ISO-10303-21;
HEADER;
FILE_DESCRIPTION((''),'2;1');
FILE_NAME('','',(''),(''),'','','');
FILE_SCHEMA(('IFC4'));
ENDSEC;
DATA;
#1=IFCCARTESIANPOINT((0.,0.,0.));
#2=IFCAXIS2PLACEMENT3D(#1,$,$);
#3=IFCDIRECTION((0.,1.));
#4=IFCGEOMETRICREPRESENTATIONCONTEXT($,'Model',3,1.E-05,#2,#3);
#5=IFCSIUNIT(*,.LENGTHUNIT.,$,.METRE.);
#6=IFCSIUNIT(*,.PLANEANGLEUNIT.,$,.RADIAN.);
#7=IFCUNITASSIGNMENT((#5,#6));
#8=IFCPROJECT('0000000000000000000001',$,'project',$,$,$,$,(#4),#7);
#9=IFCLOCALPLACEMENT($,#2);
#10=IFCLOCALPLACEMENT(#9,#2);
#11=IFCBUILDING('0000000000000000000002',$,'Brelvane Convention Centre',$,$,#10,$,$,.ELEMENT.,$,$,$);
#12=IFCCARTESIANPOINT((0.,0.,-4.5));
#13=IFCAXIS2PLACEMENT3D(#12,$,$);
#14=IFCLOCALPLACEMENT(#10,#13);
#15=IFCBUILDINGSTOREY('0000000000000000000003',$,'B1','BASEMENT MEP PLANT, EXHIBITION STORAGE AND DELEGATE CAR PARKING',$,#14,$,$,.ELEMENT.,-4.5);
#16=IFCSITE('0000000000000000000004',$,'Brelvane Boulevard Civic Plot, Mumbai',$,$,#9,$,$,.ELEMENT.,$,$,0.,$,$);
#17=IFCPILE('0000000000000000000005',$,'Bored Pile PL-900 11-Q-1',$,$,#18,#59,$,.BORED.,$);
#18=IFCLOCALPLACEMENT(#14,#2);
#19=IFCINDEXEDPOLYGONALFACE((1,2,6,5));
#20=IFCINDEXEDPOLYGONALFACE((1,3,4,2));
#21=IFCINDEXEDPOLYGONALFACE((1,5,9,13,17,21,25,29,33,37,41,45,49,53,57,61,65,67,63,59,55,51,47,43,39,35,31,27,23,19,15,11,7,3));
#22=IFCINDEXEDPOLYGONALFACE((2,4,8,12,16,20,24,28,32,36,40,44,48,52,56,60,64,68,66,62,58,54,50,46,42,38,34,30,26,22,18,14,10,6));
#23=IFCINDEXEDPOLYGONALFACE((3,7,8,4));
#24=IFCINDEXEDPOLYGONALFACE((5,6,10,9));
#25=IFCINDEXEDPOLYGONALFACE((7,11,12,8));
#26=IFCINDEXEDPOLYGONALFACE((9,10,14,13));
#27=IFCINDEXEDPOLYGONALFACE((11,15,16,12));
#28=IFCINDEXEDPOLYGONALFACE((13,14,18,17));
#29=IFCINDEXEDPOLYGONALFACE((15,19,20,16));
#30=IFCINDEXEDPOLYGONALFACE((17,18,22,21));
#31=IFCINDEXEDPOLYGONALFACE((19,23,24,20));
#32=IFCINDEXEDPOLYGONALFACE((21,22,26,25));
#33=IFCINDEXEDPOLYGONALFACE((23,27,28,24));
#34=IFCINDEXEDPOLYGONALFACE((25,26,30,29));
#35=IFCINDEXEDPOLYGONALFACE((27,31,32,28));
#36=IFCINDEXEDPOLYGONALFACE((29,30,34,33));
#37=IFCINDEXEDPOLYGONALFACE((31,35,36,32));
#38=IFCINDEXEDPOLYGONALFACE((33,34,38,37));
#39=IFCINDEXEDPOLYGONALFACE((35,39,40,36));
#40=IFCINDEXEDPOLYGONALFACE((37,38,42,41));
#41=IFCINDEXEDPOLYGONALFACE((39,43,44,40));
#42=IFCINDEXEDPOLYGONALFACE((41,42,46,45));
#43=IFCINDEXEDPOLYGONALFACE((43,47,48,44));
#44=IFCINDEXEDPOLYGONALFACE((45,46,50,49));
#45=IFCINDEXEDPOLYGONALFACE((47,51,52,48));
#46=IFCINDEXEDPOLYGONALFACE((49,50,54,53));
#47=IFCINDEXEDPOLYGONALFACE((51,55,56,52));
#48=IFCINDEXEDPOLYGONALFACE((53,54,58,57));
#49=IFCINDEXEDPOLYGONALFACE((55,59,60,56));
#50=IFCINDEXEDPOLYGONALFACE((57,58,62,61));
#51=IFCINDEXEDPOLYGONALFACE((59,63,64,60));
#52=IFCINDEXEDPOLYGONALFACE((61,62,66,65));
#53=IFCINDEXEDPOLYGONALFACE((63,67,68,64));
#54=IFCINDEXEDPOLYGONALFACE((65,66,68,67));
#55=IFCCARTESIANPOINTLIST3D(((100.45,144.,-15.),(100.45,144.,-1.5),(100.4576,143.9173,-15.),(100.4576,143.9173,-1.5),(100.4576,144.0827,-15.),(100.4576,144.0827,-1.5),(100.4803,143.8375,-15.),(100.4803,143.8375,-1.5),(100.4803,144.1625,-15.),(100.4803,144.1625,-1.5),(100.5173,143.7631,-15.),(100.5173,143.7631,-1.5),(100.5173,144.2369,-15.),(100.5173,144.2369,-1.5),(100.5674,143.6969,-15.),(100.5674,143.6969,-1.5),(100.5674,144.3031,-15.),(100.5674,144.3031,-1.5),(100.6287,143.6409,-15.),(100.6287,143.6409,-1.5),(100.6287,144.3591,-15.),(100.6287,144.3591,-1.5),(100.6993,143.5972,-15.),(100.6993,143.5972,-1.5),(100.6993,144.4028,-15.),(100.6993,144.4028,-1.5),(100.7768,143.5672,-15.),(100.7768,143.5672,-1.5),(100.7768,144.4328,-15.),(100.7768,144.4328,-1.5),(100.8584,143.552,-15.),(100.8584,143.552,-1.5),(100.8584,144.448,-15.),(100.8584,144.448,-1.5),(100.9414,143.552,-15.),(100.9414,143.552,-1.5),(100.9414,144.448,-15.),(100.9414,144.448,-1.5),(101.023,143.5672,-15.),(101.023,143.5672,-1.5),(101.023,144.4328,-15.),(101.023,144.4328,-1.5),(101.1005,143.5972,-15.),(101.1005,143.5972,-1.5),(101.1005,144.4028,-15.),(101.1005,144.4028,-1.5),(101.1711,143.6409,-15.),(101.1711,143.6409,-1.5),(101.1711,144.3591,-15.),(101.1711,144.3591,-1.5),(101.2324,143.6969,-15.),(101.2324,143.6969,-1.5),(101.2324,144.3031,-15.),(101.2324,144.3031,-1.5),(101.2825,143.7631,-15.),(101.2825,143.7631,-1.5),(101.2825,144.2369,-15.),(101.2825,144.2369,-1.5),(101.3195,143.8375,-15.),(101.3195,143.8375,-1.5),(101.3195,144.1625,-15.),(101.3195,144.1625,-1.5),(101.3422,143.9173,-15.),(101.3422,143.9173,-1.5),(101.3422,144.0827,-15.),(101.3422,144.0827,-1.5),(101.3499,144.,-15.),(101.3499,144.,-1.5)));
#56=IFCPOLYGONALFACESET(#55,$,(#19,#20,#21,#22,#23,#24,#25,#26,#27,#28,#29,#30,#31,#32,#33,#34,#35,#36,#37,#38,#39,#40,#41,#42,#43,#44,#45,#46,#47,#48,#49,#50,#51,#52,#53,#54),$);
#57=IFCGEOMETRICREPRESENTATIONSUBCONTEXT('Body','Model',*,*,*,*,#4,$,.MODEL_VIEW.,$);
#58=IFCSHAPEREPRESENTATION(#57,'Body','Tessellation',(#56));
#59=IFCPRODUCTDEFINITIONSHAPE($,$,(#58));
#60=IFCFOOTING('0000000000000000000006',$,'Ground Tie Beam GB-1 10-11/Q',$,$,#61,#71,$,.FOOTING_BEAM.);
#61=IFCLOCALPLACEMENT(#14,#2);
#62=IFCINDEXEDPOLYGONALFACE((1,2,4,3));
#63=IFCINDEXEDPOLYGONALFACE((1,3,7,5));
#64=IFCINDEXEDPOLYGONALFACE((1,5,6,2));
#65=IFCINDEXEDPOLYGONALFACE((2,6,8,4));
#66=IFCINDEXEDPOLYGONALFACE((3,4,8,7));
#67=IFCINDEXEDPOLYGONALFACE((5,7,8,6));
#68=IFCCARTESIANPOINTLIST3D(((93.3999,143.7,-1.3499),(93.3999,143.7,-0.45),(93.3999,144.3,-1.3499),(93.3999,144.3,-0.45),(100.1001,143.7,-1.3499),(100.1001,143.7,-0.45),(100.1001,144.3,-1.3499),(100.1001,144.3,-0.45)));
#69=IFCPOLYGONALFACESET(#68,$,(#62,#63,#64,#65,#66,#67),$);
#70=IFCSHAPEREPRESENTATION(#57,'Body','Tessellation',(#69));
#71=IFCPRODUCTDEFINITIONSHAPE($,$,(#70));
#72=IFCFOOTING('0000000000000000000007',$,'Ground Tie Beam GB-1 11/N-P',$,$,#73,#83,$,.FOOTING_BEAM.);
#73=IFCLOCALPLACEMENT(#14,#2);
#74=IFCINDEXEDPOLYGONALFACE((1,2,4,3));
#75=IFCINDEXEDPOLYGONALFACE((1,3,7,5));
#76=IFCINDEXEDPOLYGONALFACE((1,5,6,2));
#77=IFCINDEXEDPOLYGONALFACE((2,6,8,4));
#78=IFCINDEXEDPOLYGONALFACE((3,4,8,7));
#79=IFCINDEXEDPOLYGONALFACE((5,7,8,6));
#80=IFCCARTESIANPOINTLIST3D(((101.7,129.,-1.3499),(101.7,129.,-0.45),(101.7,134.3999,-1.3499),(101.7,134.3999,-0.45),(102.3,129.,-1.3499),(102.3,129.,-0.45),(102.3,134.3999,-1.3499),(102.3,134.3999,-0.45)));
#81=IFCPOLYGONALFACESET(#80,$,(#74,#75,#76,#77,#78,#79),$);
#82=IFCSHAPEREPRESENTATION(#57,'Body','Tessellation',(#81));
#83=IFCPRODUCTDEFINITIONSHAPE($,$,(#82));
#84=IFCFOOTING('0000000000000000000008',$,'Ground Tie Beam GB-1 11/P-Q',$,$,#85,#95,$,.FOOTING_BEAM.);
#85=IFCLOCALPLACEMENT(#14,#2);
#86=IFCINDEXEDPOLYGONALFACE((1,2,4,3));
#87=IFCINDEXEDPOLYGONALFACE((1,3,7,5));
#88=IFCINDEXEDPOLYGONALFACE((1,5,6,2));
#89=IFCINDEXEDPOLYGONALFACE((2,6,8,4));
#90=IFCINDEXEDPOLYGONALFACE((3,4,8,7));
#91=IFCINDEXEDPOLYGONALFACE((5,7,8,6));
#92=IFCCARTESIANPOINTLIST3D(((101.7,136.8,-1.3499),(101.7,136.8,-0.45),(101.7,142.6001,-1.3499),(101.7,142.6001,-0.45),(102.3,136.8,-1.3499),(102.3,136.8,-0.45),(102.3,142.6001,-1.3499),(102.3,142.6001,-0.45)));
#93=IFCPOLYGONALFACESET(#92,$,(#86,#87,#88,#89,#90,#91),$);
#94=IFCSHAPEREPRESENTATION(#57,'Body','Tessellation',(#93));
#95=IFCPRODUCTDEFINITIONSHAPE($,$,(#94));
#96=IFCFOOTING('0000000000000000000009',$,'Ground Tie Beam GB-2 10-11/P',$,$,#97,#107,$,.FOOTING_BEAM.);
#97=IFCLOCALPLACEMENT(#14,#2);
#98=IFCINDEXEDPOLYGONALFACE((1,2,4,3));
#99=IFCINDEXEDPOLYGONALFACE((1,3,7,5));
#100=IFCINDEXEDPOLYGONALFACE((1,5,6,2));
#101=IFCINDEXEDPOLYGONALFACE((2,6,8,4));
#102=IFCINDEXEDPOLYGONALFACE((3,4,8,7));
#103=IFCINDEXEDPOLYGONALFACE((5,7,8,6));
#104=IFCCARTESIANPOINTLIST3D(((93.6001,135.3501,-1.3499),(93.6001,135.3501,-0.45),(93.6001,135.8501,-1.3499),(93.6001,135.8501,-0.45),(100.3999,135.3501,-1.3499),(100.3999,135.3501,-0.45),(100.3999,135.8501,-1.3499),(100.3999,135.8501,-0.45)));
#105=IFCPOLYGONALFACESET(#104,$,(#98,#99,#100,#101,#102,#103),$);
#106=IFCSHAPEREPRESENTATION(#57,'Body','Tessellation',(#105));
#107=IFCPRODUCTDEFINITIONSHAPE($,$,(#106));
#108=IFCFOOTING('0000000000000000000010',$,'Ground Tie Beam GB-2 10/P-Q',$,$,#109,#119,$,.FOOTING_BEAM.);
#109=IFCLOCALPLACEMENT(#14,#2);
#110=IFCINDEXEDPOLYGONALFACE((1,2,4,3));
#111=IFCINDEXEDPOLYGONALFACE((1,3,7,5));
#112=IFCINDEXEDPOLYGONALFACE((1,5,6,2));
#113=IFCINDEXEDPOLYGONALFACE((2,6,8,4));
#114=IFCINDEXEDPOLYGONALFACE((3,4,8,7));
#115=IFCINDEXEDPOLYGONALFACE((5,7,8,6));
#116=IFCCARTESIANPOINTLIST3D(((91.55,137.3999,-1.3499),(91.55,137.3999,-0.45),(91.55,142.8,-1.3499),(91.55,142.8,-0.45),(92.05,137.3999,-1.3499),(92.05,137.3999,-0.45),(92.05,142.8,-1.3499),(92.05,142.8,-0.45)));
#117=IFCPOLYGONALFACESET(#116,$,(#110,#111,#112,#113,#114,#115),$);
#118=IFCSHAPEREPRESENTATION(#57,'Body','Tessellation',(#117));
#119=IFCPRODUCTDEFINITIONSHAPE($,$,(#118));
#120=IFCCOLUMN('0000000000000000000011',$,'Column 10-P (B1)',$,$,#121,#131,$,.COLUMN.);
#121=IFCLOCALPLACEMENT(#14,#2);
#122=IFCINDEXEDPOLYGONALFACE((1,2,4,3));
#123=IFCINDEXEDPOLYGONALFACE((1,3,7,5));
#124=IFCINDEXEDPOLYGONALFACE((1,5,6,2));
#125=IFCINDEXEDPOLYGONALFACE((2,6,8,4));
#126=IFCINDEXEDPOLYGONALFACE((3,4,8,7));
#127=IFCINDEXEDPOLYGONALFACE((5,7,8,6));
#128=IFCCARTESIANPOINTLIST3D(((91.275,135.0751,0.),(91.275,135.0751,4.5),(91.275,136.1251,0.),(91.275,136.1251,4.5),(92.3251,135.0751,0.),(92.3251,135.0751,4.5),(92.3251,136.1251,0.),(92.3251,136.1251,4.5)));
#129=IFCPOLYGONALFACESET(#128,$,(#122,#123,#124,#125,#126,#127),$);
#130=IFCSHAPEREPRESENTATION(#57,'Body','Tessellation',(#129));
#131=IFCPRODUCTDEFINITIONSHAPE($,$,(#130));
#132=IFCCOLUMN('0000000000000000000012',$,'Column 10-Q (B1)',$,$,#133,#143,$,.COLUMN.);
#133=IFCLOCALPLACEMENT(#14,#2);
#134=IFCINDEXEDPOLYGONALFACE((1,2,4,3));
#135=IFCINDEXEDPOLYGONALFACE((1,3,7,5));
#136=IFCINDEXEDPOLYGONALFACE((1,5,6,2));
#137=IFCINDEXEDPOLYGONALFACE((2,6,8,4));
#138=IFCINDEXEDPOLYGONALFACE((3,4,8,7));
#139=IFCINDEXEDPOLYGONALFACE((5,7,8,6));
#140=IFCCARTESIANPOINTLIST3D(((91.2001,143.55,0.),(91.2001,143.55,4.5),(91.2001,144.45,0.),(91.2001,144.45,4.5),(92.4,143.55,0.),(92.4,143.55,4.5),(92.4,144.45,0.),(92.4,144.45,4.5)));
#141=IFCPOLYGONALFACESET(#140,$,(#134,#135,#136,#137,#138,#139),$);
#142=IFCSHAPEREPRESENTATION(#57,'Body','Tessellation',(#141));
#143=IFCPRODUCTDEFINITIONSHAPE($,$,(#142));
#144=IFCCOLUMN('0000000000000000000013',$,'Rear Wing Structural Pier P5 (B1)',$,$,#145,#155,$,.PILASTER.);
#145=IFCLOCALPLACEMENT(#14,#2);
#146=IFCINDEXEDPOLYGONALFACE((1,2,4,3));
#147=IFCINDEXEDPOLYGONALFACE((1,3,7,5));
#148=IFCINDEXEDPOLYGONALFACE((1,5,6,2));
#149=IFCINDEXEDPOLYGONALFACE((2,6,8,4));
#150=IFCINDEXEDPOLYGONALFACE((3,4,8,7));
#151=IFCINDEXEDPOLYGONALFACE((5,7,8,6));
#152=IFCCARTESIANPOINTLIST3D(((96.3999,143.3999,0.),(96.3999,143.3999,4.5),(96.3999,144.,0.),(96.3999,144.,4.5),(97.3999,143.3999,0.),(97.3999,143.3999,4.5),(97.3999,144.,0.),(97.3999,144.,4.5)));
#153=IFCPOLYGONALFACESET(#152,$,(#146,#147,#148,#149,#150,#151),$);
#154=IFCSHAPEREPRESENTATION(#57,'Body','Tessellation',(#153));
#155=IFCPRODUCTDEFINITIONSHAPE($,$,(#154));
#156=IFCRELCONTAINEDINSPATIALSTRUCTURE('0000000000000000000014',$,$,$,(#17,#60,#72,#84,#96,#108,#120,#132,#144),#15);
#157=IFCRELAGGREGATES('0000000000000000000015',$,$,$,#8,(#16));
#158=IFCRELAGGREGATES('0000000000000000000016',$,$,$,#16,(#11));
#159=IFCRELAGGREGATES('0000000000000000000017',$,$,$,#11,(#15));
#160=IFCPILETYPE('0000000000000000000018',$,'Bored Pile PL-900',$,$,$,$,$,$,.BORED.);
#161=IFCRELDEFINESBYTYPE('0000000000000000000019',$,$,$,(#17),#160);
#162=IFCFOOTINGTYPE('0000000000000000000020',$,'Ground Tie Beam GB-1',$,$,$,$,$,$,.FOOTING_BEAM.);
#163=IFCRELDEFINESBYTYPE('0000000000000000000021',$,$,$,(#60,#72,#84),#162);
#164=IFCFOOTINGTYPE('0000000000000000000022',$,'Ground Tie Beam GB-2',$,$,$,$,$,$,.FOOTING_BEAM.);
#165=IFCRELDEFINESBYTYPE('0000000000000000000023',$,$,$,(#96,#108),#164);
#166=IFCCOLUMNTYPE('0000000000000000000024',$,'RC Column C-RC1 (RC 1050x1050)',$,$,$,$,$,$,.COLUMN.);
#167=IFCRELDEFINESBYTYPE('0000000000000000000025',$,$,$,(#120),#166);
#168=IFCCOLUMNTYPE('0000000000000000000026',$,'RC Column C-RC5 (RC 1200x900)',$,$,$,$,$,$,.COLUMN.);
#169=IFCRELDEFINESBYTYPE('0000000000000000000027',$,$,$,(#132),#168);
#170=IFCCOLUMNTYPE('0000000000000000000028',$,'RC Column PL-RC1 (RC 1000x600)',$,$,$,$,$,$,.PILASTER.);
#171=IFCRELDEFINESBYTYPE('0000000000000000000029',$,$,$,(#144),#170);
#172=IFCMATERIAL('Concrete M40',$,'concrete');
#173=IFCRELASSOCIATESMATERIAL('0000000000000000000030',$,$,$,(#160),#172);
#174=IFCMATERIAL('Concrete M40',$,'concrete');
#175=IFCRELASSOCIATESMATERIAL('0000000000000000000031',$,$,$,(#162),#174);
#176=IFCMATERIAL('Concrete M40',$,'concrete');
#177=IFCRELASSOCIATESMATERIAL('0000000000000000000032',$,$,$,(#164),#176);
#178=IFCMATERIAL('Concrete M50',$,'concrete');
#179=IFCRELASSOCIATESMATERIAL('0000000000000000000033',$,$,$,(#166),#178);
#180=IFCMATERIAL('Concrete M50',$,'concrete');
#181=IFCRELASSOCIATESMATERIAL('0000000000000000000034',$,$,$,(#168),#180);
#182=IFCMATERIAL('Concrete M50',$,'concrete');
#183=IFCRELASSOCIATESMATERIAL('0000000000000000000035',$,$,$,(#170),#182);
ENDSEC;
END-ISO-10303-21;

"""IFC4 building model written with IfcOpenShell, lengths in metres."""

from ifc_helpers import new_model, si_unit, direction, frame, origin, origin_2d, place, context, subcontext, project, spatial, rectangle, circle, extrude, material, material_profile, profile_set, type_object, element, save


model = new_model("IFC4")

# Units and contexts
model_context = context("Model", 3, precision=1e-05, world=origin(), true_north=direction((0.0, 1.0)))
body_context = subcontext(model_context, "Body", "Model", "MODEL_VIEW")
ifc_project = project(units=[si_unit("LENGTHUNIT", "METRE"), si_unit("PLANEANGLEUNIT", "RADIAN")], contexts=[model_context])

# Site, building, storey
site_placement = place(None, origin())
site = spatial("IfcSite", under=ifc_project, at=site_placement, Name="Brelvane Boulevard Civic Plot, Mumbai", CompositionType="ELEMENT", RefElevation=0.0)
building_placement = place(site_placement, origin())
building = spatial("IfcBuilding", under=site, at=building_placement, Name="Brelvane Convention Centre", CompositionType="ELEMENT")
storey_placement = place(building_placement, frame((0.0, 0.0, -4.5)))
storey = spatial("IfcBuildingStorey", under=building, at=storey_placement, Name="B1", Description="BASEMENT MEP PLANT, EXHIBITION STORAGE AND DELEGATE CAR PARKING", CompositionType="ELEMENT", Elevation=-4.5)

# Pile
ifc_material_1 = material(Name="Concrete M40", Category="concrete")
ifc_material_profile_1 = material_profile(ifc_material_1, circle(Radius=0.45, at=origin_2d()), Name="PILE D900")
ifc_profile_set_1 = profile_set([ifc_material_profile_1], Name="Concrete M40")
pile_type = type_object("IfcPileType", Name="Bored Pile PL-900", PredefinedType="BORED", material=ifc_profile_set_1)
pile_placement = place(storey_placement, frame((100.8999, 144.0, -1.5), z_axis=(0.0, 0.0, -1.0), x_axis=(1.0, 0.0, 0.0)))
element("IfcPile", 1, at=pile_placement, inside=storey, type_object=pile_type, Name="Bored Pile PL-900 11-Q-1", PredefinedType="BORED", context=body_context, shape_type="SweptSolid", body=[
    extrude(circle(Radius=0.45, at=origin_2d()), origin(), (0.0, 0.0, 1.0), 13.5),
])

# Footings
ifc_material_2 = material(Name="Concrete M40", Category="concrete")
ifc_material_profile_2 = material_profile(ifc_material_2, rectangle(XDim=0.6001, YDim=0.8999, at=origin_2d()), Name="RC 600x900")
ifc_profile_set_2 = profile_set([ifc_material_profile_2], Name="Concrete M40")
footing_type_1 = type_object("IfcFootingType", Name="Ground Tie Beam GB-1", PredefinedType="FOOTING_BEAM", material=ifc_profile_set_2)
footing_1_placement = place(storey_placement, frame((93.3999, 144.0, -0.8999), z_axis=(1.0, 0.0, 0.0), x_axis=(0.0, 1.0, 0.0)))
element("IfcFooting", 2, at=footing_1_placement, inside=storey, type_object=footing_type_1, Name="Ground Tie Beam GB-1 10-11/Q", PredefinedType="FOOTING_BEAM", context=body_context, shape_type="SweptSolid", body=[
    extrude(rectangle(XDim=0.6001, YDim=0.8999, at=origin_2d()), origin(), (0.0, 0.0, 1.0), 6.7002),
])
footing_2_placement = place(storey_placement, frame((102.0, 129.0, -0.8999), z_axis=(0.0, 1.0, 0.0), x_axis=(-1.0, 0.0, 0.0)))
element("IfcFooting", 3, at=footing_2_placement, inside=storey, type_object=footing_type_1, Name="Ground Tie Beam GB-1 11/N-P", PredefinedType="FOOTING_BEAM", context=body_context, shape_type="SweptSolid", body=[
    extrude(rectangle(XDim=0.6001, YDim=0.8999, at=origin_2d()), origin(), (0.0, 0.0, 1.0), 5.3999),
])
footing_3_placement = place(storey_placement, frame((102.0, 136.8, -0.8999), z_axis=(0.0, 1.0, 0.0), x_axis=(-1.0, 0.0, 0.0)))
element("IfcFooting", 4, at=footing_3_placement, inside=storey, type_object=footing_type_1, Name="Ground Tie Beam GB-1 11/P-Q", PredefinedType="FOOTING_BEAM", context=body_context, shape_type="SweptSolid", body=[
    extrude(rectangle(XDim=0.6001, YDim=0.8999, at=origin_2d()), origin(), (0.0, 0.0, 1.0), 5.8),
])
ifc_material_3 = material(Name="Concrete M40", Category="concrete")
ifc_material_profile_3 = material_profile(ifc_material_3, rectangle(XDim=0.5, YDim=0.8999, at=origin_2d()), Name="RC 500x900")
ifc_profile_set_3 = profile_set([ifc_material_profile_3], Name="Concrete M40")
footing_type_2 = type_object("IfcFootingType", Name="Ground Tie Beam GB-2", PredefinedType="FOOTING_BEAM", material=ifc_profile_set_3)
footing_4_placement = place(storey_placement, frame((93.6001, 135.6001, -0.8999), z_axis=(1.0, 0.0, 0.0), x_axis=(0.0, 1.0, 0.0)))
element("IfcFooting", 5, at=footing_4_placement, inside=storey, type_object=footing_type_2, Name="Ground Tie Beam GB-2 10-11/P", PredefinedType="FOOTING_BEAM", context=body_context, shape_type="SweptSolid", body=[
    extrude(rectangle(XDim=0.5, YDim=0.8999, at=origin_2d()), origin(), (0.0, 0.0, 1.0), 6.7998),
])
footing_5_placement = place(storey_placement, frame((91.8, 137.3999, -0.8999), z_axis=(0.0, 1.0, 0.0), x_axis=(-1.0, 0.0, 0.0)))
element("IfcFooting", 6, at=footing_5_placement, inside=storey, type_object=footing_type_2, Name="Ground Tie Beam GB-2 10/P-Q", PredefinedType="FOOTING_BEAM", context=body_context, shape_type="SweptSolid", body=[
    extrude(rectangle(XDim=0.5, YDim=0.8999, at=origin_2d()), origin(), (0.0, 0.0, 1.0), 5.4001),
])

# Columns
ifc_material_4 = material(Name="Concrete M50", Category="concrete")
ifc_material_profile_4 = material_profile(ifc_material_4, rectangle(XDim=1.05, YDim=1.05, at=origin_2d()), Name="RC 1050x1050")
ifc_profile_set_4 = profile_set([ifc_material_profile_4], Name="Concrete M50")
column_type_1 = type_object("IfcColumnType", Name="RC Column C-RC1 (RC 1050x1050)", PredefinedType="COLUMN", material=ifc_profile_set_4)
column_1_placement = place(storey_placement, frame((91.8, 135.6001, 0.0), z_axis=(0.0, 0.0, 1.0), x_axis=(1.0, 0.0, 0.0)))
element("IfcColumn", 7, at=column_1_placement, inside=storey, type_object=column_type_1, Name="Column 10-P (B1)", PredefinedType="COLUMN", context=body_context, shape_type="SweptSolid", body=[
    extrude(rectangle(XDim=1.05, YDim=1.05, at=origin_2d()), origin(), (0.0, 0.0, 1.0), 4.5),
])
ifc_material_5 = material(Name="Concrete M50", Category="concrete")
ifc_material_profile_5 = material_profile(ifc_material_5, rectangle(XDim=1.2, YDim=0.8999, at=origin_2d()), Name="RC 1200x900")
ifc_profile_set_5 = profile_set([ifc_material_profile_5], Name="Concrete M50")
column_type_2 = type_object("IfcColumnType", Name="RC Column C-RC5 (RC 1200x900)", PredefinedType="COLUMN", material=ifc_profile_set_5)
column_2_placement = place(storey_placement, frame((91.8, 144.0, 0.0), z_axis=(0.0, 0.0, 1.0), x_axis=(1.0, 0.0, 0.0)))
element("IfcColumn", 8, at=column_2_placement, inside=storey, type_object=column_type_2, Name="Column 10-Q (B1)", PredefinedType="COLUMN", context=body_context, shape_type="SweptSolid", body=[
    extrude(rectangle(XDim=1.2, YDim=0.8999, at=origin_2d()), origin(), (0.0, 0.0, 1.0), 4.5),
])
ifc_material_6 = material(Name="Concrete M50", Category="concrete")
ifc_material_profile_6 = material_profile(ifc_material_6, rectangle(XDim=1.0, YDim=0.6001, at=origin_2d()), Name="RC 1000x600")
ifc_profile_set_6 = profile_set([ifc_material_profile_6], Name="Concrete M50")
column_type_3 = type_object("IfcColumnType", Name="RC Column PL-RC1 (RC 1000x600)", PredefinedType="PILASTER", material=ifc_profile_set_6)
column_3_placement = place(storey_placement, frame((96.8999, 143.7, 0.0), z_axis=(0.0, 0.0, 1.0), x_axis=(1.0, 0.0, 0.0)))
element("IfcColumn", 9, at=column_3_placement, inside=storey, type_object=column_type_3, Name="Rear Wing Structural Pier P5 (B1)", PredefinedType="PILASTER", context=body_context, shape_type="SweptSolid", body=[
    extrude(rectangle(XDim=1.0, YDim=0.6001, at=origin_2d()), origin(), (0.0, 0.0, 1.0), 4.5),
])

save(model, "model.ifc")
